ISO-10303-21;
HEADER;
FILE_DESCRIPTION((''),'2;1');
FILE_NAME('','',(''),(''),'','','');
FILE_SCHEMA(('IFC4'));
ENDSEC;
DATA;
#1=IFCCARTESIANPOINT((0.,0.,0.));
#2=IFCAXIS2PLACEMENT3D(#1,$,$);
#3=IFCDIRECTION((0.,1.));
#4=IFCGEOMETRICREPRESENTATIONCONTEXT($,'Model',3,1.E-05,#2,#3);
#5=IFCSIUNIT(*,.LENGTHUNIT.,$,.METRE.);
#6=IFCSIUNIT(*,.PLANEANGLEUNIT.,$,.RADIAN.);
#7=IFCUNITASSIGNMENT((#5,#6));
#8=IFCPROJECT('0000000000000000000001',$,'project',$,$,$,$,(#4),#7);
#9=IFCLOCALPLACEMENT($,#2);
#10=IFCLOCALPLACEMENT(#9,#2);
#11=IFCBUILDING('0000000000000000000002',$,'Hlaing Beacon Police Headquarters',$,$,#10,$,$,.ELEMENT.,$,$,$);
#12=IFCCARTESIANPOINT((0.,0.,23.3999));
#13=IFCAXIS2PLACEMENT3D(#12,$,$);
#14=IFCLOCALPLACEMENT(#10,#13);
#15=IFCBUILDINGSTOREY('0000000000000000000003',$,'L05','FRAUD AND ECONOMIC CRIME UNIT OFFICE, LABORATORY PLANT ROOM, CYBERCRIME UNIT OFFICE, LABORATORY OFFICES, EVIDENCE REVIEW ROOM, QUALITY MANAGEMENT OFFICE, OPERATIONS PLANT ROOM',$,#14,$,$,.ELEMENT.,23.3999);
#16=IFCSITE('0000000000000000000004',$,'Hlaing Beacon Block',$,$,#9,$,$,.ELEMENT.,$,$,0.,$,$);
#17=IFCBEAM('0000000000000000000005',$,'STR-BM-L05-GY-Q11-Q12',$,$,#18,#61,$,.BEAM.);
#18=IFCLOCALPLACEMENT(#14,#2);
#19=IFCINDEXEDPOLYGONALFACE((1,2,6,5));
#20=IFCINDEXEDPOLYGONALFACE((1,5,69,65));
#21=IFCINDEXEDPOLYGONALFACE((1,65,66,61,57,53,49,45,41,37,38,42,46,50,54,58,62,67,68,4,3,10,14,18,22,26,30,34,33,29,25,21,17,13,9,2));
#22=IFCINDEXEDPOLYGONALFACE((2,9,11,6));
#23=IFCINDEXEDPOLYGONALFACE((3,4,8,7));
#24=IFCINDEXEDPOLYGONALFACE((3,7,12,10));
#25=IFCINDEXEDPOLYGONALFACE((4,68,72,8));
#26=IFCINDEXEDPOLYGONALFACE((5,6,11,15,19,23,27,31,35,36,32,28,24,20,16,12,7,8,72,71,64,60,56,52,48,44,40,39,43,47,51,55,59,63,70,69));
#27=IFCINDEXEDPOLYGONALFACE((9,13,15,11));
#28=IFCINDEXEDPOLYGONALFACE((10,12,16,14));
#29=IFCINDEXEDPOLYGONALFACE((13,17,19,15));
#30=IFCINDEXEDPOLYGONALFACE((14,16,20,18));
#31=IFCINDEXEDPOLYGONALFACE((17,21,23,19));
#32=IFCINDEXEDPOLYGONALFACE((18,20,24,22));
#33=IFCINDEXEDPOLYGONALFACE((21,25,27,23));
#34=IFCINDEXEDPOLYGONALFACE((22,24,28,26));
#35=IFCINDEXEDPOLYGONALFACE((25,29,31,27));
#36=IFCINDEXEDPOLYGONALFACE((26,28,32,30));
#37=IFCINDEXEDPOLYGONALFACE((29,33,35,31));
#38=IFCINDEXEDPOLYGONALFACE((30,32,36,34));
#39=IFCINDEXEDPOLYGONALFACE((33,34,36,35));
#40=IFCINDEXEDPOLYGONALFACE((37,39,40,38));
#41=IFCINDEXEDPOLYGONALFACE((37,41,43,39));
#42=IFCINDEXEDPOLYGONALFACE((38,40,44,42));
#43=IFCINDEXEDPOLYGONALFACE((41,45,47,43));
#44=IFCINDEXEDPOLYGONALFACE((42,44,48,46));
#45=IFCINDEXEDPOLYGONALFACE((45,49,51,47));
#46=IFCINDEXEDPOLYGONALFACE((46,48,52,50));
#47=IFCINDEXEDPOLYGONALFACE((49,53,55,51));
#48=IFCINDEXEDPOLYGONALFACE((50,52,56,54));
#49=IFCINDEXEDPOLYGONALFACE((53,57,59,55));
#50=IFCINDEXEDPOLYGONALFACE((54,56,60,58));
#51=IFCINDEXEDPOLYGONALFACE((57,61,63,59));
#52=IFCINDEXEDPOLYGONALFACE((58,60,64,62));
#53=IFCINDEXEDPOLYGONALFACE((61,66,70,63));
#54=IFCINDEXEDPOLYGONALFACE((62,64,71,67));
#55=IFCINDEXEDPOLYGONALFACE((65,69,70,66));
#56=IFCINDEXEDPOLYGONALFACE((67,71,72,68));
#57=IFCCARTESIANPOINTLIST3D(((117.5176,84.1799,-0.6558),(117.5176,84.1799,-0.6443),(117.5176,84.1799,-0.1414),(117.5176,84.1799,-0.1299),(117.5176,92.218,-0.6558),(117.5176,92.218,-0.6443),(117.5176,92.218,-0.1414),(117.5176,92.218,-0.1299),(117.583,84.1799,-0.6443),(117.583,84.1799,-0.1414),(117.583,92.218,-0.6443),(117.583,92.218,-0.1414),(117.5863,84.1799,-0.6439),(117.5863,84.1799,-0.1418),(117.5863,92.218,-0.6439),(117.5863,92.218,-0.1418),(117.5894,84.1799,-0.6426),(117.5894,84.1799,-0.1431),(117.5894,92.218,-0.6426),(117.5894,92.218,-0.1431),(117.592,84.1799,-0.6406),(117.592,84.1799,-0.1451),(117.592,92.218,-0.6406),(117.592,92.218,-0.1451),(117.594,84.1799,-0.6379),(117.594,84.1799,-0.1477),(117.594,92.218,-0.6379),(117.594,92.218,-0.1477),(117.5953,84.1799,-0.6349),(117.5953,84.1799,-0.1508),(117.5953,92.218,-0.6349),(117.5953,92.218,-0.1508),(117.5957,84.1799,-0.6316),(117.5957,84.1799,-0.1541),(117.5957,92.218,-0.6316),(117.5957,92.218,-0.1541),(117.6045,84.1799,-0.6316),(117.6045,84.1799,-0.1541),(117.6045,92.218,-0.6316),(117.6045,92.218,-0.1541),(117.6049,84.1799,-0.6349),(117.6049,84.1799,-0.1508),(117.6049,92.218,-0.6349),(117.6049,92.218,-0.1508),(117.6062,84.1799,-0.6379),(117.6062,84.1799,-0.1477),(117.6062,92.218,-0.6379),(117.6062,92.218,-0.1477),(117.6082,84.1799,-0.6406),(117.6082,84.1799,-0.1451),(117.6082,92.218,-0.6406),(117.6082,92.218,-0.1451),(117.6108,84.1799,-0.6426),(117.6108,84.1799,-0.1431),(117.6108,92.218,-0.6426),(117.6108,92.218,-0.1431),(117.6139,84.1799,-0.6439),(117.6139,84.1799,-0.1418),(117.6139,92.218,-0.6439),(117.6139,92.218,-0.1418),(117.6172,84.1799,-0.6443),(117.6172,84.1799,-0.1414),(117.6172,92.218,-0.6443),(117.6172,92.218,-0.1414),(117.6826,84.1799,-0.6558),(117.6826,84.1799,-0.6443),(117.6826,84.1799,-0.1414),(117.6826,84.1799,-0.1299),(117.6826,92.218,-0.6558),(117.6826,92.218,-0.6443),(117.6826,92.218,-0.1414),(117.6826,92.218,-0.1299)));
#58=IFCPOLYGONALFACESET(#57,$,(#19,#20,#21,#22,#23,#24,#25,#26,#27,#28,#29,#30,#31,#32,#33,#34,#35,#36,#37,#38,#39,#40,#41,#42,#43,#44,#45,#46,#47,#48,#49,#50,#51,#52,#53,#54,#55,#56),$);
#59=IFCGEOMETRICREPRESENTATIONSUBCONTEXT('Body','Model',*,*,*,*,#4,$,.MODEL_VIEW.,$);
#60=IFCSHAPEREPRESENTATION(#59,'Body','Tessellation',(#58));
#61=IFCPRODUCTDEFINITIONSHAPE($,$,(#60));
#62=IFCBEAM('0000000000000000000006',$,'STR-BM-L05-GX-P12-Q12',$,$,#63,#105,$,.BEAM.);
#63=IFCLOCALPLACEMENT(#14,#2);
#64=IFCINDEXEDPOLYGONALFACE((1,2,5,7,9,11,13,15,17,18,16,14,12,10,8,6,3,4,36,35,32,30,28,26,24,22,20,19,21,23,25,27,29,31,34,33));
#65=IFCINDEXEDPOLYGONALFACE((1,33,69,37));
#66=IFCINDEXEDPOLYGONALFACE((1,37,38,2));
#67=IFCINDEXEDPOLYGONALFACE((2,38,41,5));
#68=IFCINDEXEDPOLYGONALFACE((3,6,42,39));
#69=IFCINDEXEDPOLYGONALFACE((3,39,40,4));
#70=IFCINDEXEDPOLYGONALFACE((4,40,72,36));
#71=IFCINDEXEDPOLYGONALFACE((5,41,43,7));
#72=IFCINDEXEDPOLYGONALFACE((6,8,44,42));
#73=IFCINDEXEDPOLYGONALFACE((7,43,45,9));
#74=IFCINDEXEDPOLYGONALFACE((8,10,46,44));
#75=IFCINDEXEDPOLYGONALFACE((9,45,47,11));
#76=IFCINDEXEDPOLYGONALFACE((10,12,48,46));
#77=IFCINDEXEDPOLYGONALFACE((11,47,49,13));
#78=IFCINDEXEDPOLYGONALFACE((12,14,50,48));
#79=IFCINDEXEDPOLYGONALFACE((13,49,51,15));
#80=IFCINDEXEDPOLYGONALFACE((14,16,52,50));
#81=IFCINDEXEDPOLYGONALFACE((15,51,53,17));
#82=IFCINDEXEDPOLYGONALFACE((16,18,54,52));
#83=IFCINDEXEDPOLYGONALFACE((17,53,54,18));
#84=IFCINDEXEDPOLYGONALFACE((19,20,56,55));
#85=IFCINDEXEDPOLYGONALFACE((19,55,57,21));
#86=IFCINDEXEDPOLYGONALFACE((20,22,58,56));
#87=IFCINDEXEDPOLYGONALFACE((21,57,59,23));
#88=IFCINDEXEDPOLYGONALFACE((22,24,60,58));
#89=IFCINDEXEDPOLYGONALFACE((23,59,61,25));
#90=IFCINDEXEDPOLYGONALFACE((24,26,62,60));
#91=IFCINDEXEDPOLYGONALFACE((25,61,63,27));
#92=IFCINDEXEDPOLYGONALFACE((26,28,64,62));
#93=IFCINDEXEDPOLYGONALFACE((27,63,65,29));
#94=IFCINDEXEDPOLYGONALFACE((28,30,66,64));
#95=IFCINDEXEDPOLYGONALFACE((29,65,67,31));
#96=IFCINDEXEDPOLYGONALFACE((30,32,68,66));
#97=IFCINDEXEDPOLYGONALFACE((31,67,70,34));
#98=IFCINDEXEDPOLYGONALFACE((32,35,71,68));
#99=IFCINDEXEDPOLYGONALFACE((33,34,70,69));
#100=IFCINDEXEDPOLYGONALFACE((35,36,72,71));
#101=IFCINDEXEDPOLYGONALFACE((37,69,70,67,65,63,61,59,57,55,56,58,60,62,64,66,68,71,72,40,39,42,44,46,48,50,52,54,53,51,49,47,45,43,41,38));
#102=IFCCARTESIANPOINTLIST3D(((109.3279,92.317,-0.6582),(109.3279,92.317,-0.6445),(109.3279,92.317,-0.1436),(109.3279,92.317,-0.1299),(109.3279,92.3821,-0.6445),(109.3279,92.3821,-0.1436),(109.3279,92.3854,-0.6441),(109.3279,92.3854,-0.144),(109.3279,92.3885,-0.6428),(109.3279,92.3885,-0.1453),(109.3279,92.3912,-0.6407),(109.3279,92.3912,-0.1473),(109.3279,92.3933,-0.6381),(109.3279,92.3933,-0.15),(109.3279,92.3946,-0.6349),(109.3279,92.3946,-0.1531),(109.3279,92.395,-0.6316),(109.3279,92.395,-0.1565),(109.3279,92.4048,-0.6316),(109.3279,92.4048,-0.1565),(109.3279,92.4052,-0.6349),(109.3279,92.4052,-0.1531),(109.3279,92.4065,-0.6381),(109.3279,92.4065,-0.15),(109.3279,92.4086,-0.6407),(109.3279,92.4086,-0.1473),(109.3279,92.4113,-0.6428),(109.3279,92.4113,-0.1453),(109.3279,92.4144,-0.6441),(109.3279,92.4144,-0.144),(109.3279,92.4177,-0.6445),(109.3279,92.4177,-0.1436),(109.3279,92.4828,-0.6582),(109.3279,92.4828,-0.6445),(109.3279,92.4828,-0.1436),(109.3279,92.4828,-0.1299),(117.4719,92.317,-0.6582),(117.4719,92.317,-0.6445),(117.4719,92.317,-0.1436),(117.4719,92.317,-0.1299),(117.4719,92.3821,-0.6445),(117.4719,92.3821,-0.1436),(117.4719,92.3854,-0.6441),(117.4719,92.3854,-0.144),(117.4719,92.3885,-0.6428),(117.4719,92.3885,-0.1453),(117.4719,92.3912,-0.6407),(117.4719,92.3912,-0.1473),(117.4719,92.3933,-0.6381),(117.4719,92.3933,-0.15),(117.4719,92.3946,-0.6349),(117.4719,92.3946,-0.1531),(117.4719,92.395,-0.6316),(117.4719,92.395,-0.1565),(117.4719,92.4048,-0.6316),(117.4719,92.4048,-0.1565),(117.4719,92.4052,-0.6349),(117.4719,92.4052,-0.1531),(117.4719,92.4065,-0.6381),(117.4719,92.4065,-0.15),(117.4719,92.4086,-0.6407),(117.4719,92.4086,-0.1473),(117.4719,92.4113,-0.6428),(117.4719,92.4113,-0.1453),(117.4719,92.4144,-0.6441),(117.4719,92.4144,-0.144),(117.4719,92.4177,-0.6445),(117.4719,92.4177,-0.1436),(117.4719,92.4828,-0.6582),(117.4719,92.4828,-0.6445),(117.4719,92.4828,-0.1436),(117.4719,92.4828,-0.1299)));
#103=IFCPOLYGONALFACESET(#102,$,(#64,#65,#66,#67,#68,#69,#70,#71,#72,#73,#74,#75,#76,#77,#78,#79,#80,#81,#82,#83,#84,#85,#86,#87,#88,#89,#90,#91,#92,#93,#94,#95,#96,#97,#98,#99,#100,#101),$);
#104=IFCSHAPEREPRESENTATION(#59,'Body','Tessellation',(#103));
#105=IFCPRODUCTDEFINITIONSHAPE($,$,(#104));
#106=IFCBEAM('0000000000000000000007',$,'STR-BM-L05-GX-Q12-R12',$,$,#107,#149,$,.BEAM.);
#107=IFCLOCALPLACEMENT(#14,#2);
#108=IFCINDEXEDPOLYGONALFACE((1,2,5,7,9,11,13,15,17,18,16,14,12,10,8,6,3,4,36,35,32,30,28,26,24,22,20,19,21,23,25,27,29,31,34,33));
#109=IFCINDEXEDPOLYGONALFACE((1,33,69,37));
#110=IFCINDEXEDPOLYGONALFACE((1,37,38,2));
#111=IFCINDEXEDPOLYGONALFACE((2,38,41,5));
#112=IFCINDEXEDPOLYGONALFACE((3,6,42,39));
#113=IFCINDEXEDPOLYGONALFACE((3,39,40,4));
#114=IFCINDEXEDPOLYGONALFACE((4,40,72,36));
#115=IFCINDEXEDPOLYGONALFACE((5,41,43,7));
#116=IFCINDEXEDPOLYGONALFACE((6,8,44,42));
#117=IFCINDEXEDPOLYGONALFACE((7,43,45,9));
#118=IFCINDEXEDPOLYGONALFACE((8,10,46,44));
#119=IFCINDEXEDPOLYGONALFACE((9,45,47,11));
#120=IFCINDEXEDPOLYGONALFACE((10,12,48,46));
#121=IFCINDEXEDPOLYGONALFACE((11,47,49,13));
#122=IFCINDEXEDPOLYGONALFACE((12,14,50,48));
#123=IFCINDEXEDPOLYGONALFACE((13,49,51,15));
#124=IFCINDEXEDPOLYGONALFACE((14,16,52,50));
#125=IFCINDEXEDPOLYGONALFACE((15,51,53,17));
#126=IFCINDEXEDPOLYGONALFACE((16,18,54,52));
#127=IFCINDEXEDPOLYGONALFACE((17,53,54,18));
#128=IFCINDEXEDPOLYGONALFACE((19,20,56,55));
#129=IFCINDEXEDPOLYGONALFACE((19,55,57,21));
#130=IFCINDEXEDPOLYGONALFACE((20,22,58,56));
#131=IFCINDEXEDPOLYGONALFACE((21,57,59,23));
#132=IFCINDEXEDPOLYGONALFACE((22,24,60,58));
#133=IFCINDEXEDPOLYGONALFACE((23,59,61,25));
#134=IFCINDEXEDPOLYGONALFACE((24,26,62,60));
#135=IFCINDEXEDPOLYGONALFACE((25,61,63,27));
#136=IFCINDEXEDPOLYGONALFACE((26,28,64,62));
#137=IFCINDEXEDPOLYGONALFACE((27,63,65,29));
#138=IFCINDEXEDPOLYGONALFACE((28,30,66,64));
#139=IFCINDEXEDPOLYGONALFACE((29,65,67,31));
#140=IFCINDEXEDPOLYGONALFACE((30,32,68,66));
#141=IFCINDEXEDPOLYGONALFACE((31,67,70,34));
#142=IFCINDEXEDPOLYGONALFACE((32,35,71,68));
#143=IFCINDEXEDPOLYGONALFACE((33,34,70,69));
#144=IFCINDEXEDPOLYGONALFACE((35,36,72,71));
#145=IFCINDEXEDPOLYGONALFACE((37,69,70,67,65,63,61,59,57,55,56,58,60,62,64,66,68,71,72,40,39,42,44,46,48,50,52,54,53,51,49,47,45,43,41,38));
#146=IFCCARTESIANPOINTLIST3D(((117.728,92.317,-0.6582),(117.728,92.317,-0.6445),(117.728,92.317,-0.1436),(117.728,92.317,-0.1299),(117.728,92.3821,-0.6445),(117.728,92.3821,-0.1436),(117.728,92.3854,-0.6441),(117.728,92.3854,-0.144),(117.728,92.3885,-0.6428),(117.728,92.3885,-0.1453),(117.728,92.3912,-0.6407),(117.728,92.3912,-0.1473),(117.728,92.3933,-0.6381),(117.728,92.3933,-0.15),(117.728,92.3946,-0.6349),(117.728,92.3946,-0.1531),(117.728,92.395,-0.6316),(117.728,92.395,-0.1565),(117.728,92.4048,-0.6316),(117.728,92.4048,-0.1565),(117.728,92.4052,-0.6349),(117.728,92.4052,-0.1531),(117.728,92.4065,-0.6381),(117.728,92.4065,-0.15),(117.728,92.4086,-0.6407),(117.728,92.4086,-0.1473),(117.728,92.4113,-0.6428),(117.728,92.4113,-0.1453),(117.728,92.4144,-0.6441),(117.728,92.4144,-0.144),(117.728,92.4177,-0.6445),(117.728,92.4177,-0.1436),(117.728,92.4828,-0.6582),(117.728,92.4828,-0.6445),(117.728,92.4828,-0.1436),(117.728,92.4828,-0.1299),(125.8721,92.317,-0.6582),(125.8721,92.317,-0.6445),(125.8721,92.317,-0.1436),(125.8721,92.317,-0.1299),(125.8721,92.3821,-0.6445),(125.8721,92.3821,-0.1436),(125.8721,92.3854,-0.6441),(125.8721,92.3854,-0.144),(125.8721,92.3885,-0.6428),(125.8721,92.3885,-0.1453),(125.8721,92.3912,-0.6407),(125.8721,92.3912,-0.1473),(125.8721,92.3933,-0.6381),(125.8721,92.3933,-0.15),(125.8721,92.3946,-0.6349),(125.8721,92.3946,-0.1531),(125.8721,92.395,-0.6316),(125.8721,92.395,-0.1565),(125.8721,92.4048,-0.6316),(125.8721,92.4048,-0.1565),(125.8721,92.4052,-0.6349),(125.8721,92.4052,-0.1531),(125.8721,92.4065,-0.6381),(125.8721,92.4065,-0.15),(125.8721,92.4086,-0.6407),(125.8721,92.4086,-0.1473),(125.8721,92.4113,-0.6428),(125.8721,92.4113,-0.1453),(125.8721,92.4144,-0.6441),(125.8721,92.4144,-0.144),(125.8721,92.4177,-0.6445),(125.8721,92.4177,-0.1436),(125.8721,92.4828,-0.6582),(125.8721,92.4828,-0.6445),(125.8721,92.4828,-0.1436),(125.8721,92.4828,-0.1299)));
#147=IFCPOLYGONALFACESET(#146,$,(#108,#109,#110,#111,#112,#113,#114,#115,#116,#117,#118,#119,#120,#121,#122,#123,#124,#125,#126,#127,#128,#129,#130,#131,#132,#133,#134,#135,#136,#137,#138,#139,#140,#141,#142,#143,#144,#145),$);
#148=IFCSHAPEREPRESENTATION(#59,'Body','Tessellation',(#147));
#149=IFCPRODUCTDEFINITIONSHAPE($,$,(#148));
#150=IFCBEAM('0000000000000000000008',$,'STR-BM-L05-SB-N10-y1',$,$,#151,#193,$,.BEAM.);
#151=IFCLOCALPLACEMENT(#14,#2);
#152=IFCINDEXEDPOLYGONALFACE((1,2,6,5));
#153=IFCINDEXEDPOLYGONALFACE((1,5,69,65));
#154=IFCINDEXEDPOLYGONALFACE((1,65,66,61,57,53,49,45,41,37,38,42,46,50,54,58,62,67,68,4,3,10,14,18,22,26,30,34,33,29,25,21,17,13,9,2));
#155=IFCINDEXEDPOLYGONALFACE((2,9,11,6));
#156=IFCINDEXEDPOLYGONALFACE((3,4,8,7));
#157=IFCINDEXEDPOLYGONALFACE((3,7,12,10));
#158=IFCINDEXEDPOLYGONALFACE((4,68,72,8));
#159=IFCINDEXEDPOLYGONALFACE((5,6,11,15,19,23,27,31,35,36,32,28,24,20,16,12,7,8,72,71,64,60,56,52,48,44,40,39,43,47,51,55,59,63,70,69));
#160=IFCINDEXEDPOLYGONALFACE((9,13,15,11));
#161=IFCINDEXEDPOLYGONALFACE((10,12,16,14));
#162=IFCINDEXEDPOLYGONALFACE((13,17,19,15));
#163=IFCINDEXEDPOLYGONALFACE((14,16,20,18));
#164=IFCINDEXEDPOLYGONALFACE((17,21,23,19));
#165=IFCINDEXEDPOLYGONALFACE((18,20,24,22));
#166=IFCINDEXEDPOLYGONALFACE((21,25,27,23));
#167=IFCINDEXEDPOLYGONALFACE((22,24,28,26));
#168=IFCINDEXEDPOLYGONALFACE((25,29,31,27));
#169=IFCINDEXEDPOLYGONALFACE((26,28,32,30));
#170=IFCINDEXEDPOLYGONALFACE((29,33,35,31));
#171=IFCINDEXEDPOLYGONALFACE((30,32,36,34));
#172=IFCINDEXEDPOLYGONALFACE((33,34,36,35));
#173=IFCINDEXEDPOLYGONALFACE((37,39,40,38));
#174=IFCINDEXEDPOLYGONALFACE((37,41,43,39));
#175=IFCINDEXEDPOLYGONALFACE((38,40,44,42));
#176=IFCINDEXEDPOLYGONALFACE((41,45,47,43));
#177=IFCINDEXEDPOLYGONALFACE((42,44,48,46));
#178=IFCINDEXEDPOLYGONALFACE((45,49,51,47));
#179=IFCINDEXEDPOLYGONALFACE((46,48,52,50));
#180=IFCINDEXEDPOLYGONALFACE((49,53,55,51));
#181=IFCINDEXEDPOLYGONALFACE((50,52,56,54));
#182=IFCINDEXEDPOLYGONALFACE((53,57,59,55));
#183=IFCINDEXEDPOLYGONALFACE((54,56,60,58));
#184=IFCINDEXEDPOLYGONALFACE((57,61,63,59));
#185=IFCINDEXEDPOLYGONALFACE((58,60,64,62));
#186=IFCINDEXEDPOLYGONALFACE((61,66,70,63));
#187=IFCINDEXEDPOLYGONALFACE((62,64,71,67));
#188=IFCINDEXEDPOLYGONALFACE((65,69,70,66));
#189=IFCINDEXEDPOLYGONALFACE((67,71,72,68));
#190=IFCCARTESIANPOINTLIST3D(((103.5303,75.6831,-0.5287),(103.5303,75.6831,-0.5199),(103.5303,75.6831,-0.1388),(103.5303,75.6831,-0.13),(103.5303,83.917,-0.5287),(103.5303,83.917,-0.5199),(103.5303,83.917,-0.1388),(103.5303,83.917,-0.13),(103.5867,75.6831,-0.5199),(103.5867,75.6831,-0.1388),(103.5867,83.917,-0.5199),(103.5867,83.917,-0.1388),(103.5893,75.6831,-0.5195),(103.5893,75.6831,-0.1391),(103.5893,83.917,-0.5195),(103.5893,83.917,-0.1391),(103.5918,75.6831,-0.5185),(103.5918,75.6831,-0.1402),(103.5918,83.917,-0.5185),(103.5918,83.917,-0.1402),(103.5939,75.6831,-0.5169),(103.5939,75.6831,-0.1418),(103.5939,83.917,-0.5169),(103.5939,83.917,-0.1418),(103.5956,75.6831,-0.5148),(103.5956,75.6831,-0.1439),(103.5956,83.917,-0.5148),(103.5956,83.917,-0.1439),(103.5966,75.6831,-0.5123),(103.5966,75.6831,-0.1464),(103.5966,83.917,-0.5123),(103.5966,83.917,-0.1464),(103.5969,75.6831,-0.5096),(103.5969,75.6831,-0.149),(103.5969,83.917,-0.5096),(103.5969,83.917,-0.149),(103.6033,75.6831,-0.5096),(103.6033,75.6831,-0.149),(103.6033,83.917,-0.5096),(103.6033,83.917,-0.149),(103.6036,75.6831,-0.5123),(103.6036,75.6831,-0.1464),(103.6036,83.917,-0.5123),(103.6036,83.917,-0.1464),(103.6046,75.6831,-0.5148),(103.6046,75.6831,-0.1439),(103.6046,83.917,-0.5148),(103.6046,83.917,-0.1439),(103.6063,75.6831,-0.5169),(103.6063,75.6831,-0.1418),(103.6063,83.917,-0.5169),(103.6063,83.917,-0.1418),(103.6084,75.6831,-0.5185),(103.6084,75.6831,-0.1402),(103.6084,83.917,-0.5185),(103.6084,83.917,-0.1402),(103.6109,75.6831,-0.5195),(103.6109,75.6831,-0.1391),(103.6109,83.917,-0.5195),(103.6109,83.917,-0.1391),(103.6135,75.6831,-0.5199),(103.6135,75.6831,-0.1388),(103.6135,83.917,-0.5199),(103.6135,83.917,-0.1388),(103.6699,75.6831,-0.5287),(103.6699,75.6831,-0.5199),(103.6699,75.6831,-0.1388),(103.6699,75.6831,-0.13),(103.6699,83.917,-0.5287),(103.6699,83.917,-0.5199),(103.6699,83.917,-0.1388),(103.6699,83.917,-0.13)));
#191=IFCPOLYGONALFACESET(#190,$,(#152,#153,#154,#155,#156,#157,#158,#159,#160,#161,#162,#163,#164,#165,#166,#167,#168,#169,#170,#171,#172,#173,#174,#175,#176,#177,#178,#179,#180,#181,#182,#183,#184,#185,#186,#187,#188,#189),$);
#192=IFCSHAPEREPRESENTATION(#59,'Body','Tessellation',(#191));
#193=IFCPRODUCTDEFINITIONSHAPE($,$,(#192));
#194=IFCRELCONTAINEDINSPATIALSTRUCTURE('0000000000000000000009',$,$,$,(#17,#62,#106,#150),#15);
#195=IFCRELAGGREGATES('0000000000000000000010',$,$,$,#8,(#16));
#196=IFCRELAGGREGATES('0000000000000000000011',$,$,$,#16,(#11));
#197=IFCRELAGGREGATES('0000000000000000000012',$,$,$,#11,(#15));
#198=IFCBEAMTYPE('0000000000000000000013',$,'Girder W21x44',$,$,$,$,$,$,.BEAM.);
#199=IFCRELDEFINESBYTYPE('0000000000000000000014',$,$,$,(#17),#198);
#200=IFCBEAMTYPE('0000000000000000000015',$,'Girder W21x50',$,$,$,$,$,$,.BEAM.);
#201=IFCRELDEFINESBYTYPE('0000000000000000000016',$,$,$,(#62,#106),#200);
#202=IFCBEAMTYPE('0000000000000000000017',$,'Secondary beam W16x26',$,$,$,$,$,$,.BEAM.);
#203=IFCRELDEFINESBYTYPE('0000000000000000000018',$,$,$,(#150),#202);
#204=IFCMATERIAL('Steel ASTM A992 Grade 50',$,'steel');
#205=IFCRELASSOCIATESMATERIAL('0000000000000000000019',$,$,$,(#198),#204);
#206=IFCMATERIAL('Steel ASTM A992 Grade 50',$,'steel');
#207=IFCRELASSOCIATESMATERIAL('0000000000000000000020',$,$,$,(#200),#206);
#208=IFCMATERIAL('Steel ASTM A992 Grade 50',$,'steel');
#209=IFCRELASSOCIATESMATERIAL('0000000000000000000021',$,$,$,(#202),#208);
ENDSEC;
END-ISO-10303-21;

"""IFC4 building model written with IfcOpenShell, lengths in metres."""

from ifc_helpers import new_model, si_unit, direction, frame, origin, origin_2d, place, context, subcontext, project, spatial, i_section, extrude, material, material_profile, profile_set, type_object, element, save


model = new_model("IFC4")

# Units and contexts
model_context = context("Model", 3, precision=1e-05, world=origin(), true_north=direction((0.0, 1.0)))
body_context = subcontext(model_context, "Body", "Model", "MODEL_VIEW")
ifc_project = project(units=[si_unit("LENGTHUNIT", "METRE"), si_unit("PLANEANGLEUNIT", "RADIAN")], contexts=[model_context])

# Site, building, storey
site_placement = place(None, origin())
site = spatial("IfcSite", under=ifc_project, at=site_placement, Name="Hlaing Beacon Block", CompositionType="ELEMENT", RefElevation=0.0)
building_placement = place(site_placement, origin())
building = spatial("IfcBuilding", under=site, at=building_placement, Name="Hlaing Beacon Police Headquarters", CompositionType="ELEMENT")
storey_placement = place(building_placement, frame((0.0, 0.0, 23.3999)))
storey = spatial("IfcBuildingStorey", under=building, at=storey_placement, Name="L05", Description="FRAUD AND ECONOMIC CRIME UNIT OFFICE, LABORATORY PLANT ROOM, CYBERCRIME UNIT OFFICE, LABORATORY OFFICES, EVIDENCE REVIEW ROOM, QUALITY MANAGEMENT OFFICE, OPERATIONS PLANT ROOM", CompositionType="ELEMENT", Elevation=23.3999)

# Beams
ifc_material_1 = material(Name="Steel ASTM A992 Grade 50", Category="steel")
ifc_material_profile_1 = material_profile(ifc_material_1, i_section(OverallWidth=0.165, OverallDepth=0.5259, WebThickness=0.0088, FlangeThickness=0.0115, FilletRadius=0.0127, at=origin_2d()), Name="W21x44")
ifc_profile_set_1 = profile_set([ifc_material_profile_1], Name="Steel ASTM A992 Grade 50")
beam_type_1 = type_object("IfcBeamType", Name="Girder W21x44", PredefinedType="BEAM", material=ifc_profile_set_1)
beam_1_placement = place(storey_placement, frame((117.6001, 84.1799, -0.3928), z_axis=(0.0, 1.0, 0.0), x_axis=(-1.0, 0.0, 0.0)))
element("IfcBeam", 1, at=beam_1_placement, inside=storey, type_object=beam_type_1, Name="STR-BM-L05-GY-Q11-Q12", PredefinedType="BEAM", context=body_context, shape_type="SweptSolid", body=[
    extrude(i_section(OverallWidth=0.165, OverallDepth=0.5259, WebThickness=0.0088, FlangeThickness=0.0115, FilletRadius=0.0127, at=origin_2d()), origin(), (0.0, 0.0, 1.0), 8.0381),
])
ifc_material_2 = material(Name="Steel ASTM A992 Grade 50", Category="steel")
ifc_material_profile_2 = material_profile(ifc_material_2, i_section(OverallWidth=0.1658, OverallDepth=0.5283, WebThickness=0.0098, FlangeThickness=0.0137, FilletRadius=0.0129, at=origin_2d()), Name="W21x50")
ifc_profile_set_2 = profile_set([ifc_material_profile_2], Name="Steel ASTM A992 Grade 50")
beam_type_2 = type_object("IfcBeamType", Name="Girder W21x50", PredefinedType="BEAM", material=ifc_profile_set_2)
for number, where, z_axis, x_axis, name in (
    (2, (109.3279, 92.3999, -0.394), (1.0, 0.0, 0.0), (0.0, 1.0, 0.0), "STR-BM-L05-GX-P12-Q12"),
    (3, (117.728, 92.3999, -0.394), (1.0, 0.0, 0.0), (0.0, 1.0, 0.0), "STR-BM-L05-GX-Q12-R12"),
):
    element("IfcBeam", number, at=place(storey_placement, frame(where, z_axis=z_axis, x_axis=x_axis)), inside=storey, type_object=beam_type_2, Name=name, PredefinedType="BEAM", context=body_context, shape_type="SweptSolid", body=[
        extrude(i_section(OverallWidth=0.1658, OverallDepth=0.5283, WebThickness=0.0098, FlangeThickness=0.0137, FilletRadius=0.0129, at=origin_2d()), origin(), (0.0, 0.0, 1.0), 8.144),
    ])
ifc_material_3 = material(Name="Steel ASTM A992 Grade 50", Category="steel")
ifc_material_profile_3 = material_profile(ifc_material_3, i_section(OverallWidth=0.1396, OverallDepth=0.3987, WebThickness=0.0063, FlangeThickness=0.0088, FilletRadius=0.0103, at=origin_2d()), Name="W16x26")
ifc_profile_set_3 = profile_set([ifc_material_profile_3], Name="Steel ASTM A992 Grade 50")
beam_type_3 = type_object("IfcBeamType", Name="Secondary beam W16x26", PredefinedType="BEAM", material=ifc_profile_set_3)
for number, where, z_axis, x_axis, name in (
    (4, (103.6001, 75.6831, -0.3293), (0.0, 1.0, 0.0), (-1.0, 0.0, 0.0), "STR-BM-L05-SB-N10-y1"),
):
    element("IfcBeam", number, at=place(storey_placement, frame(where, z_axis=z_axis, x_axis=x_axis)), inside=storey, type_object=beam_type_3, Name=name, PredefinedType="BEAM", context=body_context, shape_type="SweptSolid", body=[
        extrude(i_section(OverallWidth=0.1396, OverallDepth=0.3987, WebThickness=0.0063, FlangeThickness=0.0088, FilletRadius=0.0103, at=origin_2d()), origin(), (0.0, 0.0, 1.0), 8.2339),
    ])

save(model, "model.ifc")
